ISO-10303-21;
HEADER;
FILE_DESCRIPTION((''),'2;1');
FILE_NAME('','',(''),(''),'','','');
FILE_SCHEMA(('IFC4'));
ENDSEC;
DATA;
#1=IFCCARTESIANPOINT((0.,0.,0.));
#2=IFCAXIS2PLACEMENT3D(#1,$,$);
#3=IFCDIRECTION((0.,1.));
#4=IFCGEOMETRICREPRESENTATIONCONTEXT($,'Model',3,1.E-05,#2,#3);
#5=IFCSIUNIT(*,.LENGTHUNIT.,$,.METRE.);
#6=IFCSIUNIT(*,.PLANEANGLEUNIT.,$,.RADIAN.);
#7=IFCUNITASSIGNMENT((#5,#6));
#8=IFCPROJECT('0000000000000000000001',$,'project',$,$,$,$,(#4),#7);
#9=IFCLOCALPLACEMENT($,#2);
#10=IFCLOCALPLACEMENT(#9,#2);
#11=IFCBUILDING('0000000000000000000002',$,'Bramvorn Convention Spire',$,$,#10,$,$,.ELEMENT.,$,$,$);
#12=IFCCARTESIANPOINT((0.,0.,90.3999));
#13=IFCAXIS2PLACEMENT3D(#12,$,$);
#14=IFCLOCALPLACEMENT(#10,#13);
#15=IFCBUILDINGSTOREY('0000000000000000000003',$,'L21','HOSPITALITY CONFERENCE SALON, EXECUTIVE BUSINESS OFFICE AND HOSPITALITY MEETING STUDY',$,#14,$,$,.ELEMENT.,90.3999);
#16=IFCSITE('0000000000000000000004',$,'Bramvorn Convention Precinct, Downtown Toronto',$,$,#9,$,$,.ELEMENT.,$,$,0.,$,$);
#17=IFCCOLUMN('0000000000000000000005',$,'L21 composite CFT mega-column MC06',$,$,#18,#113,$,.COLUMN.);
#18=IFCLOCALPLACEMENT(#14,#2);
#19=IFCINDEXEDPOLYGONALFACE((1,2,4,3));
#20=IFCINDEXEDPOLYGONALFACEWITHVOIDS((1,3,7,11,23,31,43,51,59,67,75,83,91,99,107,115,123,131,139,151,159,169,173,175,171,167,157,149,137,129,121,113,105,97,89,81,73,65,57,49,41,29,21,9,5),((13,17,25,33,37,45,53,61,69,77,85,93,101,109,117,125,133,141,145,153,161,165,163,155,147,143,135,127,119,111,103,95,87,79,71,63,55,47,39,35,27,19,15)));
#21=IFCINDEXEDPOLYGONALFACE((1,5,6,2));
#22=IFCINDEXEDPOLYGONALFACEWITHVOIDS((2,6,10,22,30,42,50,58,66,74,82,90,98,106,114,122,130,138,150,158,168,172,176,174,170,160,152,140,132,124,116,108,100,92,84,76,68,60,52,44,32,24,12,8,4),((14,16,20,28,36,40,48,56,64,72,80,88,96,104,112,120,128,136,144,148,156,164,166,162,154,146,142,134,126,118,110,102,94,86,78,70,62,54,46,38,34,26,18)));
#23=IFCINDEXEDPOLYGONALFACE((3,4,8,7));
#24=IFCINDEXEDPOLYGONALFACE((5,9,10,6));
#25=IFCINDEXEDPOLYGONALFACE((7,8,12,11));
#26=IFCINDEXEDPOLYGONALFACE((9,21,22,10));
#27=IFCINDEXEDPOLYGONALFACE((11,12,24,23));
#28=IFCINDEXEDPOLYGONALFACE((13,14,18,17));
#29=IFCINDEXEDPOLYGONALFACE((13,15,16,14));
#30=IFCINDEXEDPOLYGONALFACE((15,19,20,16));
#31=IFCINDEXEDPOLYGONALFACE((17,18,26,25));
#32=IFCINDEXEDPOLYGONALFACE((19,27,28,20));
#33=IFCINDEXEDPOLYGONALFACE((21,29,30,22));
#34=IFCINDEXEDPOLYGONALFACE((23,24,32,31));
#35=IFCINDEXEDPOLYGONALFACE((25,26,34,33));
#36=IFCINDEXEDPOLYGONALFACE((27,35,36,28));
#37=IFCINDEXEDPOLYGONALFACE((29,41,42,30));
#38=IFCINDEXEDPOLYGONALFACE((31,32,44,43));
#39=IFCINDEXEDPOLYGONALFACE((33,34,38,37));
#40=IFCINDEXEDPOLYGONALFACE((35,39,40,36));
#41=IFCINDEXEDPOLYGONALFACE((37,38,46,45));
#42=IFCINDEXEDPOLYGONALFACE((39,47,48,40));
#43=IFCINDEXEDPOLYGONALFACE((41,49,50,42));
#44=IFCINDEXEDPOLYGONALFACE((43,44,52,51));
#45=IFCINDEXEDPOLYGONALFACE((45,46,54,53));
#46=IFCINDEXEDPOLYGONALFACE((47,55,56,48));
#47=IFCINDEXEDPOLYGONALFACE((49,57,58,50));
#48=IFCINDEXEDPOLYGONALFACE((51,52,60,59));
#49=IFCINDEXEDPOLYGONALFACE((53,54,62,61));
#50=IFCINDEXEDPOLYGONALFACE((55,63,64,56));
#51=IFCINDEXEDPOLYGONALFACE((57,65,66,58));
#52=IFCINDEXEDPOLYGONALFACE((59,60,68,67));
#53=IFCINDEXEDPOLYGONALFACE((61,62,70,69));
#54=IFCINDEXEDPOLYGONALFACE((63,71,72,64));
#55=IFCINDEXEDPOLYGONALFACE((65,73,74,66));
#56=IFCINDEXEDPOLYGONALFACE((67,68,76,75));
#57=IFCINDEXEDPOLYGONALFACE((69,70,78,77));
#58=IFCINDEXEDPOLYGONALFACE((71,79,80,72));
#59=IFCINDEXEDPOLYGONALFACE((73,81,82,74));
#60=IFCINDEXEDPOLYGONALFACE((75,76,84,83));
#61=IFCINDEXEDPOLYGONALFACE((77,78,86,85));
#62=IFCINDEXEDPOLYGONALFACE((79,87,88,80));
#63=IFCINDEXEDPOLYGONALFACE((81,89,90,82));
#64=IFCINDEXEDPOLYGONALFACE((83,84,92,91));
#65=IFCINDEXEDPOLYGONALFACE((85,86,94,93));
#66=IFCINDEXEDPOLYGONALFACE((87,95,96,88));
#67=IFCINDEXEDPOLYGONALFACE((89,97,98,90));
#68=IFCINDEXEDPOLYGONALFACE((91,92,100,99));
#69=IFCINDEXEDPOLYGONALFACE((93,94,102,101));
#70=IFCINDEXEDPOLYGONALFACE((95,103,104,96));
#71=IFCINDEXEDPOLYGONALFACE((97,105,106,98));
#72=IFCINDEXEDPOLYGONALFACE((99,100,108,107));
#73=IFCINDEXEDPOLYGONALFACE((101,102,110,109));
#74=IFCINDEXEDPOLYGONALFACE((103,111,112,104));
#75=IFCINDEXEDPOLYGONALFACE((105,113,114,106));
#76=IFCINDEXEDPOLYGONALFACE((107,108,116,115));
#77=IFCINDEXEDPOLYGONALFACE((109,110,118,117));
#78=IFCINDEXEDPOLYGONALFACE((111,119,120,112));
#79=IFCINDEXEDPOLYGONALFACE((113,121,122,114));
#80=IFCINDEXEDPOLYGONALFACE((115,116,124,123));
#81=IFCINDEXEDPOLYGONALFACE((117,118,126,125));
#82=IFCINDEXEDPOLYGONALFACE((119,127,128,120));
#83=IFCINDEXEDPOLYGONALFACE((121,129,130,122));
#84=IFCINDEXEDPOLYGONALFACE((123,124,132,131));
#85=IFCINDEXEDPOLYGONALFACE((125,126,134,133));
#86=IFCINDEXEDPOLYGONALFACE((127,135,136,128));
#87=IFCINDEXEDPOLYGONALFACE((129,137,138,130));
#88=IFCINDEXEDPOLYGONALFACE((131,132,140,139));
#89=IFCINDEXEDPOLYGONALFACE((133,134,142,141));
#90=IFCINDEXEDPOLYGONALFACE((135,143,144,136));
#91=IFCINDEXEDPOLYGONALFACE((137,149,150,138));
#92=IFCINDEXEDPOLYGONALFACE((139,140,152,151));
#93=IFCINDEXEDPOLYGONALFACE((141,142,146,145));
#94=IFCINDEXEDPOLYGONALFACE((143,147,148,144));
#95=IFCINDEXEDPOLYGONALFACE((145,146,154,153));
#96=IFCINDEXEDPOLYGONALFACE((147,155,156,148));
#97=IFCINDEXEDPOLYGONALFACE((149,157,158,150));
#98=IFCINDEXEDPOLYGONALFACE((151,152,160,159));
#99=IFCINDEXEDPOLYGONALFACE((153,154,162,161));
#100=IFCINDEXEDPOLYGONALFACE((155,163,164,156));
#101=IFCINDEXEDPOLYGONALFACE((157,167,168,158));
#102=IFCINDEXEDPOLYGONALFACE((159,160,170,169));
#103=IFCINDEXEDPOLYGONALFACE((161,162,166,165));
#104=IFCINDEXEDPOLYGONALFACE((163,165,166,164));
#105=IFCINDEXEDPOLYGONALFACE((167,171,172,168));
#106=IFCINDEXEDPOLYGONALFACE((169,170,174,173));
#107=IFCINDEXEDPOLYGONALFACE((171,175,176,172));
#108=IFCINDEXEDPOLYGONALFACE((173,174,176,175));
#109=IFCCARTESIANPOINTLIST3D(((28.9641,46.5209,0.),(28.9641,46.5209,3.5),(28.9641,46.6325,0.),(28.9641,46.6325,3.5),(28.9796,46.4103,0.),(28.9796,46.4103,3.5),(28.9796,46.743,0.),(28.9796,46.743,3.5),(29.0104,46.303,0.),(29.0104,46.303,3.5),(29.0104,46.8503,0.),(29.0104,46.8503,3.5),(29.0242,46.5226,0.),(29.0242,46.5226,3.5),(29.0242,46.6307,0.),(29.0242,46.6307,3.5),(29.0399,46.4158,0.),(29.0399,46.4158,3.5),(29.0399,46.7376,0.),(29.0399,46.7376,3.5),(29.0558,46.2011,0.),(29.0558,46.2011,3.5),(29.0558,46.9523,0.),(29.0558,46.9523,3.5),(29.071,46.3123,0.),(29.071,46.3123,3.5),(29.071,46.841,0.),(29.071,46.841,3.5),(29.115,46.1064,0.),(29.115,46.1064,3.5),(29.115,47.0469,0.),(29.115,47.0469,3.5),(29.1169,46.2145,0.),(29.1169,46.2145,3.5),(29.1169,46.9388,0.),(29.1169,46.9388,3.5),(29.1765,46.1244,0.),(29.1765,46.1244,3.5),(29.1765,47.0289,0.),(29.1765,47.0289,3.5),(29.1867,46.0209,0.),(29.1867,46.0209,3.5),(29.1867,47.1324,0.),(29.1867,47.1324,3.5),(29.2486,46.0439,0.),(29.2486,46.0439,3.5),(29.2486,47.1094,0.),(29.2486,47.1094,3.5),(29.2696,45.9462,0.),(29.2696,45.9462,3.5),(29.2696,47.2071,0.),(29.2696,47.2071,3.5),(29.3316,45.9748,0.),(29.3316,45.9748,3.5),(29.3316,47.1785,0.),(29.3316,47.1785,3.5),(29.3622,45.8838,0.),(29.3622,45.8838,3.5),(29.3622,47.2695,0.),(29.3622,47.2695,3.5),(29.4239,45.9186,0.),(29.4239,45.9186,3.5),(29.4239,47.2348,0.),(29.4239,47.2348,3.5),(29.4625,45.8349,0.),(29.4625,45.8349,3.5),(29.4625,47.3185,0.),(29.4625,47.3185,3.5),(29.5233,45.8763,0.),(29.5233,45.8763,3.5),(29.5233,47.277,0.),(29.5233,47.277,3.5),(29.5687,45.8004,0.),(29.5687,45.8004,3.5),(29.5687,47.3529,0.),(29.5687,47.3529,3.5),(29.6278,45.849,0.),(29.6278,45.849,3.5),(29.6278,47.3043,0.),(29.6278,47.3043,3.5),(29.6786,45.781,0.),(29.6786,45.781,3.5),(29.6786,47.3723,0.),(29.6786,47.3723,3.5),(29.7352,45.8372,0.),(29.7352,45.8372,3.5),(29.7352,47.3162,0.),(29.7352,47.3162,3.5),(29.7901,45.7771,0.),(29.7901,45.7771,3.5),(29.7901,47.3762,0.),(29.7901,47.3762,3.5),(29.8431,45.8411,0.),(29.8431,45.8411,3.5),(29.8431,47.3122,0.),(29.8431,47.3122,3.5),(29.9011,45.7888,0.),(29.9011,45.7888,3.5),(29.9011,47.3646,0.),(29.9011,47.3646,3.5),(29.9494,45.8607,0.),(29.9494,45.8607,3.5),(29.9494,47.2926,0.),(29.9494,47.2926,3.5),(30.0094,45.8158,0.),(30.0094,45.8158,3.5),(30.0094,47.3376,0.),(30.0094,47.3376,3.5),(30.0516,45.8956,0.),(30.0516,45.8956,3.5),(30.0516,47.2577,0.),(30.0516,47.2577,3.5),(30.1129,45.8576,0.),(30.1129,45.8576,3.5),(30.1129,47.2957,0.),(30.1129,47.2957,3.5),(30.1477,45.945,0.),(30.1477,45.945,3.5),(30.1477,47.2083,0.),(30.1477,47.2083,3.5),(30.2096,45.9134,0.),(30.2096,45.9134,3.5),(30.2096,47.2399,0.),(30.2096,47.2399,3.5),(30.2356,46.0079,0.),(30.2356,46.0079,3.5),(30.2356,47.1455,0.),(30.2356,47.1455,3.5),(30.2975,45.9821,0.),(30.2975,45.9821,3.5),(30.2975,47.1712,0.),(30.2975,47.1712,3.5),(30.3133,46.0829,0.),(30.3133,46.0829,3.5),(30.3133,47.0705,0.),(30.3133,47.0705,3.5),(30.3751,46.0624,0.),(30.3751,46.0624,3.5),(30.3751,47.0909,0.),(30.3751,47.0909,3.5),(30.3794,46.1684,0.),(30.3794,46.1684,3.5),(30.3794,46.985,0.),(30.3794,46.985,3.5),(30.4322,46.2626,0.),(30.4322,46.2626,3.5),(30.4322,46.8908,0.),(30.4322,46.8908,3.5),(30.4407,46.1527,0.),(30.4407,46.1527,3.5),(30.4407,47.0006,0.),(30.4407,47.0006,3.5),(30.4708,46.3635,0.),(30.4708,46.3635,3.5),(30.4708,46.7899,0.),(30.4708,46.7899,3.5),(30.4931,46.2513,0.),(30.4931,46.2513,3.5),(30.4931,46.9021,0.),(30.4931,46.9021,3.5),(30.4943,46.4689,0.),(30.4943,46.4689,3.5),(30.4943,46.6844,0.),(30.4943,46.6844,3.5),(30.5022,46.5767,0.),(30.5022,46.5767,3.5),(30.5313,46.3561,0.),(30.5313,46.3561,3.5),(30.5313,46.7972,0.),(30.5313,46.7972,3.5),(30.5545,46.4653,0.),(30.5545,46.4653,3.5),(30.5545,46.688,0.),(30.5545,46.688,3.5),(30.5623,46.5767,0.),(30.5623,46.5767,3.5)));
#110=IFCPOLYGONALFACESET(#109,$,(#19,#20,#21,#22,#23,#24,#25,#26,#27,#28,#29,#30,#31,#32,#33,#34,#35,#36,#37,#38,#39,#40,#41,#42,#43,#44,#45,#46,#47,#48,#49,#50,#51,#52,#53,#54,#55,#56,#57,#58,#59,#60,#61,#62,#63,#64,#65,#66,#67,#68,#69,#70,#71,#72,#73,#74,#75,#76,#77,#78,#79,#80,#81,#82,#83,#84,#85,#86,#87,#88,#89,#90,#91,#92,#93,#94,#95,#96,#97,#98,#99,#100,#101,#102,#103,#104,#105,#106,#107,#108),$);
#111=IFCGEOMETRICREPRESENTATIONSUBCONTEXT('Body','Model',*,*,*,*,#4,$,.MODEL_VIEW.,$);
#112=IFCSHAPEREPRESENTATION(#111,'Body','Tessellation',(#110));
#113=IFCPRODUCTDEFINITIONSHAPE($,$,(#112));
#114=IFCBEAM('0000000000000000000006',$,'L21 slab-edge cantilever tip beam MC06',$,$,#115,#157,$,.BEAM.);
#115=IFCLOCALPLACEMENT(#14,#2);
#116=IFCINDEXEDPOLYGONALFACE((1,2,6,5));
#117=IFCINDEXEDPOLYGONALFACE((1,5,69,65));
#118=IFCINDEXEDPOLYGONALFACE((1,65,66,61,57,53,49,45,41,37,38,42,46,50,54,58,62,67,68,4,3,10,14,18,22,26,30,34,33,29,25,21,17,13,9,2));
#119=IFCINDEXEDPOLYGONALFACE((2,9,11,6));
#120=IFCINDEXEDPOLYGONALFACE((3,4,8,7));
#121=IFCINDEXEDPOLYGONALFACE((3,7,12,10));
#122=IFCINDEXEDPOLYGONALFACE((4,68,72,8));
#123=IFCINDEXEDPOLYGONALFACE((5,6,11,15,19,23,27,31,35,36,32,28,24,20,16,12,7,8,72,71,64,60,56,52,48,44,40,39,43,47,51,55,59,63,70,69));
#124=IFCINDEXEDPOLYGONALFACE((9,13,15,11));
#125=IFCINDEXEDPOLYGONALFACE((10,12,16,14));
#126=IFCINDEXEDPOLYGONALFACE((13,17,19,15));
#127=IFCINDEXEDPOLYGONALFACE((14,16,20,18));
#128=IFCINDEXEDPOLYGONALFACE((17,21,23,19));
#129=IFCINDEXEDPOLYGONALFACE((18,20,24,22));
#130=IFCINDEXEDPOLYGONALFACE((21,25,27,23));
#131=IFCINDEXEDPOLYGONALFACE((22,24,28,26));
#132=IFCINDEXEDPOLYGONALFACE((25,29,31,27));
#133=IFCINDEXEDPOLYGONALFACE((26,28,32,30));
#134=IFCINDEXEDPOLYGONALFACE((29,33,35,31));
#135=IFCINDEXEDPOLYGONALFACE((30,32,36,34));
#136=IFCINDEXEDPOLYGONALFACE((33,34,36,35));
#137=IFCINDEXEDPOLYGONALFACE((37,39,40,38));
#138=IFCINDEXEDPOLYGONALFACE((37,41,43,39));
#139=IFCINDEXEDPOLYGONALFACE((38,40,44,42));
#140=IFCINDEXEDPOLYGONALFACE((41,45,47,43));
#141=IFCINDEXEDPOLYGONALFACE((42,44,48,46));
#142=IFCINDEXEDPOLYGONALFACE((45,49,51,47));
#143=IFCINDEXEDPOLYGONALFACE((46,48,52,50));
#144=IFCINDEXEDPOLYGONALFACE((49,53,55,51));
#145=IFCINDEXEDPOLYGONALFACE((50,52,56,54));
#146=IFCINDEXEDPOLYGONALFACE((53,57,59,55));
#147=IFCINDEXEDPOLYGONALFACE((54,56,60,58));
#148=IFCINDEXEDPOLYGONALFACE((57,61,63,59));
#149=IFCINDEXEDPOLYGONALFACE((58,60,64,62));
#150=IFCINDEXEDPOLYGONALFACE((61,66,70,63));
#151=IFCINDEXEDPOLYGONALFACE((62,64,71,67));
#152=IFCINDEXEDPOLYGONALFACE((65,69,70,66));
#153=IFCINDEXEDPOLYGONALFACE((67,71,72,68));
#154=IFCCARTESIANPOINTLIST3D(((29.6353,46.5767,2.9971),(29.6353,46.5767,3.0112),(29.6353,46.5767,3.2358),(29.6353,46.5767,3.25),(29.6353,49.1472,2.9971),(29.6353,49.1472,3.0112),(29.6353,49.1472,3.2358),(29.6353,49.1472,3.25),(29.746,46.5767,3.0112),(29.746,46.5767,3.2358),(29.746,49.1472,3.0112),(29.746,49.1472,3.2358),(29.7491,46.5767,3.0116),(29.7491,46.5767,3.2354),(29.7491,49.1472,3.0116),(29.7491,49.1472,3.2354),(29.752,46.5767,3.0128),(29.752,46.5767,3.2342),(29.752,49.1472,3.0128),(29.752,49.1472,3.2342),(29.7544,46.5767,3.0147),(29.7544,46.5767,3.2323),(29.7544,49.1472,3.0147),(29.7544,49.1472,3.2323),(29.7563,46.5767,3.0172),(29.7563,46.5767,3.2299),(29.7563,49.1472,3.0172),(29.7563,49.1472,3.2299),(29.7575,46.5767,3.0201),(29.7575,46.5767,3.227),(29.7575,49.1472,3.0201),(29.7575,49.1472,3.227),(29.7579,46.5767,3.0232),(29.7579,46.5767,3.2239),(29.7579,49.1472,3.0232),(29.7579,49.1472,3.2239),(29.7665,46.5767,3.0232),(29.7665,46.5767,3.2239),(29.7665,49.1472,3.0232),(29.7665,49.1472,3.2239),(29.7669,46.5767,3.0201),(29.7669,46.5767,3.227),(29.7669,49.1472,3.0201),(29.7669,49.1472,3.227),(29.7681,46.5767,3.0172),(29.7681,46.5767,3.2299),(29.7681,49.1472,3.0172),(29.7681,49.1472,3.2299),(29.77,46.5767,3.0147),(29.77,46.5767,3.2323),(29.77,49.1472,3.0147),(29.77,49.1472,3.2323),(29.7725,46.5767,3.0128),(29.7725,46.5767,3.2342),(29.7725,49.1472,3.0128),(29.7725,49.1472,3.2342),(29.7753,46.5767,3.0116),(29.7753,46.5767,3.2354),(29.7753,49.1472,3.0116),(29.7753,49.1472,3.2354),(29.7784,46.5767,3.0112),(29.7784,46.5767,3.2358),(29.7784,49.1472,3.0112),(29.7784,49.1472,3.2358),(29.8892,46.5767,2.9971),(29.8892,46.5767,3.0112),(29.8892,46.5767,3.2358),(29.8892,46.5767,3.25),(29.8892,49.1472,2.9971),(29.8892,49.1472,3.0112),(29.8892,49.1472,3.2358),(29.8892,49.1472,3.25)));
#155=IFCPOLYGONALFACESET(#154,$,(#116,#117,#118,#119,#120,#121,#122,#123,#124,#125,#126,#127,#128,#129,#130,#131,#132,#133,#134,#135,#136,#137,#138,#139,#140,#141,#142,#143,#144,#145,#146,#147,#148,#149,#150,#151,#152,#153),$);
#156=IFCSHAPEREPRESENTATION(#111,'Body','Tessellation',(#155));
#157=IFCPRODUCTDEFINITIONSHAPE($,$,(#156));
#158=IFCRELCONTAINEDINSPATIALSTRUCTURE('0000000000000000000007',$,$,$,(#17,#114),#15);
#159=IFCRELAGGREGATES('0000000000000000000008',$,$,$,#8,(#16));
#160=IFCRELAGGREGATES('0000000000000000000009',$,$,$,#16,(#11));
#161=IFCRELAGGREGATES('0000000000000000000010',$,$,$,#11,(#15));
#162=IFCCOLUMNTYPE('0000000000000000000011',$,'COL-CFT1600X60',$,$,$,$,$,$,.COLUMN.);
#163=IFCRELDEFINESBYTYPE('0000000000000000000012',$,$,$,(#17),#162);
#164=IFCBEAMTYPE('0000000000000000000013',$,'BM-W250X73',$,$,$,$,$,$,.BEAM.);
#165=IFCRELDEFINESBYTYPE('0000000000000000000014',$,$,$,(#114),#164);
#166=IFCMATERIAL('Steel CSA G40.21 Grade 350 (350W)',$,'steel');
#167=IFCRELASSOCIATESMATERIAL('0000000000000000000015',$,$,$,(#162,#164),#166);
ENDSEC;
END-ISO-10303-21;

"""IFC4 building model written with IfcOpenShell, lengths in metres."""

from ifc_helpers import new_model, si_unit, direction, frame, origin, origin_2d, place, context, subcontext, project, spatial, hollow_circle, i_section, extrude, material, material_profile, profile_set, type_object, element, save


model = new_model("IFC4")

# Units and contexts
model_context = context("Model", 3, precision=1e-05, world=origin(), true_north=direction((0.0, 1.0)))
body_context = subcontext(model_context, "Body", "Model", "MODEL_VIEW")
ifc_project = project(units=[si_unit("LENGTHUNIT", "METRE"), si_unit("PLANEANGLEUNIT", "RADIAN")], contexts=[model_context])

# Site, building, storey
site_placement = place(None, origin())
site = spatial("IfcSite", under=ifc_project, at=site_placement, Name="Bramvorn Convention Precinct, Downtown Toronto", CompositionType="ELEMENT", RefElevation=0.0)
building_placement = place(site_placement, origin())
building = spatial("IfcBuilding", under=site, at=building_placement, Name="Bramvorn Convention Spire", CompositionType="ELEMENT")
storey_placement = place(building_placement, frame((0.0, 0.0, 90.3999)))
storey = spatial("IfcBuildingStorey", under=building, at=storey_placement, Name="L21", Description="HOSPITALITY CONFERENCE SALON, EXECUTIVE BUSINESS OFFICE AND HOSPITALITY MEETING STUDY", CompositionType="ELEMENT", Elevation=90.3999)

# Column
ifc_material_1 = material(Name="Steel CSA G40.21 Grade 350 (350W)", Category="steel")
ifc_material_profile_1 = material_profile(ifc_material_1, hollow_circle(Radius=0.8, WallThickness=0.0601, at=origin_2d()))
ifc_profile_set_1 = profile_set([ifc_material_profile_1], Name="Steel CSA G40.21 Grade 350 (350W) - CFT1600X60")
column_type = type_object("IfcColumnType", Name="COL-CFT1600X60", PredefinedType="COLUMN", material=ifc_profile_set_1)
column_placement = place(storey_placement, frame((29.7622, 46.5767, 0.0), z_axis=(0.0, 0.0, 1.0), x_axis=(1.0, 0.0, 0.0)))
element("IfcColumn", 1, at=column_placement, inside=storey, type_object=column_type, Name="L21 composite CFT mega-column MC06", PredefinedType="COLUMN", context=body_context, shape_type="SweptSolid", body=[
    extrude(hollow_circle(Radius=0.8, WallThickness=0.0601, at=origin_2d()), origin(), (0.0, 0.0, 1.0), 3.5),
])

# Beam
ifc_material_profile_2 = material_profile(ifc_material_1, i_section(OverallWidth=0.2539, OverallDepth=0.2529, WebThickness=0.0085, FlangeThickness=0.0142, FilletRadius=0.012, at=origin_2d()))
ifc_profile_set_2 = profile_set([ifc_material_profile_2], Name="Steel CSA G40.21 Grade 350 (350W) - W250X73")
beam_type_1 = type_object("IfcBeamType", Name="BM-W250X73", PredefinedType="BEAM", material=ifc_profile_set_2)
beam_1_placement = place(storey_placement, frame((29.7622, 46.5767, 3.1235), z_axis=(0.0, 1.0, 0.0), x_axis=(-1.0, 0.0, 0.0)))
element("IfcBeam", 2, at=beam_1_placement, inside=storey, type_object=beam_type_1, Name="L21 slab-edge cantilever tip beam MC06", PredefinedType="BEAM", context=body_context, shape_type="SweptSolid", body=[
    extrude(i_section(OverallWidth=0.2539, OverallDepth=0.2529, WebThickness=0.0085, FlangeThickness=0.0142, FilletRadius=0.012, at=origin_2d()), origin(), (0.0, 0.0, 1.0), 2.5706),
])

save(model, "model.ifc")
